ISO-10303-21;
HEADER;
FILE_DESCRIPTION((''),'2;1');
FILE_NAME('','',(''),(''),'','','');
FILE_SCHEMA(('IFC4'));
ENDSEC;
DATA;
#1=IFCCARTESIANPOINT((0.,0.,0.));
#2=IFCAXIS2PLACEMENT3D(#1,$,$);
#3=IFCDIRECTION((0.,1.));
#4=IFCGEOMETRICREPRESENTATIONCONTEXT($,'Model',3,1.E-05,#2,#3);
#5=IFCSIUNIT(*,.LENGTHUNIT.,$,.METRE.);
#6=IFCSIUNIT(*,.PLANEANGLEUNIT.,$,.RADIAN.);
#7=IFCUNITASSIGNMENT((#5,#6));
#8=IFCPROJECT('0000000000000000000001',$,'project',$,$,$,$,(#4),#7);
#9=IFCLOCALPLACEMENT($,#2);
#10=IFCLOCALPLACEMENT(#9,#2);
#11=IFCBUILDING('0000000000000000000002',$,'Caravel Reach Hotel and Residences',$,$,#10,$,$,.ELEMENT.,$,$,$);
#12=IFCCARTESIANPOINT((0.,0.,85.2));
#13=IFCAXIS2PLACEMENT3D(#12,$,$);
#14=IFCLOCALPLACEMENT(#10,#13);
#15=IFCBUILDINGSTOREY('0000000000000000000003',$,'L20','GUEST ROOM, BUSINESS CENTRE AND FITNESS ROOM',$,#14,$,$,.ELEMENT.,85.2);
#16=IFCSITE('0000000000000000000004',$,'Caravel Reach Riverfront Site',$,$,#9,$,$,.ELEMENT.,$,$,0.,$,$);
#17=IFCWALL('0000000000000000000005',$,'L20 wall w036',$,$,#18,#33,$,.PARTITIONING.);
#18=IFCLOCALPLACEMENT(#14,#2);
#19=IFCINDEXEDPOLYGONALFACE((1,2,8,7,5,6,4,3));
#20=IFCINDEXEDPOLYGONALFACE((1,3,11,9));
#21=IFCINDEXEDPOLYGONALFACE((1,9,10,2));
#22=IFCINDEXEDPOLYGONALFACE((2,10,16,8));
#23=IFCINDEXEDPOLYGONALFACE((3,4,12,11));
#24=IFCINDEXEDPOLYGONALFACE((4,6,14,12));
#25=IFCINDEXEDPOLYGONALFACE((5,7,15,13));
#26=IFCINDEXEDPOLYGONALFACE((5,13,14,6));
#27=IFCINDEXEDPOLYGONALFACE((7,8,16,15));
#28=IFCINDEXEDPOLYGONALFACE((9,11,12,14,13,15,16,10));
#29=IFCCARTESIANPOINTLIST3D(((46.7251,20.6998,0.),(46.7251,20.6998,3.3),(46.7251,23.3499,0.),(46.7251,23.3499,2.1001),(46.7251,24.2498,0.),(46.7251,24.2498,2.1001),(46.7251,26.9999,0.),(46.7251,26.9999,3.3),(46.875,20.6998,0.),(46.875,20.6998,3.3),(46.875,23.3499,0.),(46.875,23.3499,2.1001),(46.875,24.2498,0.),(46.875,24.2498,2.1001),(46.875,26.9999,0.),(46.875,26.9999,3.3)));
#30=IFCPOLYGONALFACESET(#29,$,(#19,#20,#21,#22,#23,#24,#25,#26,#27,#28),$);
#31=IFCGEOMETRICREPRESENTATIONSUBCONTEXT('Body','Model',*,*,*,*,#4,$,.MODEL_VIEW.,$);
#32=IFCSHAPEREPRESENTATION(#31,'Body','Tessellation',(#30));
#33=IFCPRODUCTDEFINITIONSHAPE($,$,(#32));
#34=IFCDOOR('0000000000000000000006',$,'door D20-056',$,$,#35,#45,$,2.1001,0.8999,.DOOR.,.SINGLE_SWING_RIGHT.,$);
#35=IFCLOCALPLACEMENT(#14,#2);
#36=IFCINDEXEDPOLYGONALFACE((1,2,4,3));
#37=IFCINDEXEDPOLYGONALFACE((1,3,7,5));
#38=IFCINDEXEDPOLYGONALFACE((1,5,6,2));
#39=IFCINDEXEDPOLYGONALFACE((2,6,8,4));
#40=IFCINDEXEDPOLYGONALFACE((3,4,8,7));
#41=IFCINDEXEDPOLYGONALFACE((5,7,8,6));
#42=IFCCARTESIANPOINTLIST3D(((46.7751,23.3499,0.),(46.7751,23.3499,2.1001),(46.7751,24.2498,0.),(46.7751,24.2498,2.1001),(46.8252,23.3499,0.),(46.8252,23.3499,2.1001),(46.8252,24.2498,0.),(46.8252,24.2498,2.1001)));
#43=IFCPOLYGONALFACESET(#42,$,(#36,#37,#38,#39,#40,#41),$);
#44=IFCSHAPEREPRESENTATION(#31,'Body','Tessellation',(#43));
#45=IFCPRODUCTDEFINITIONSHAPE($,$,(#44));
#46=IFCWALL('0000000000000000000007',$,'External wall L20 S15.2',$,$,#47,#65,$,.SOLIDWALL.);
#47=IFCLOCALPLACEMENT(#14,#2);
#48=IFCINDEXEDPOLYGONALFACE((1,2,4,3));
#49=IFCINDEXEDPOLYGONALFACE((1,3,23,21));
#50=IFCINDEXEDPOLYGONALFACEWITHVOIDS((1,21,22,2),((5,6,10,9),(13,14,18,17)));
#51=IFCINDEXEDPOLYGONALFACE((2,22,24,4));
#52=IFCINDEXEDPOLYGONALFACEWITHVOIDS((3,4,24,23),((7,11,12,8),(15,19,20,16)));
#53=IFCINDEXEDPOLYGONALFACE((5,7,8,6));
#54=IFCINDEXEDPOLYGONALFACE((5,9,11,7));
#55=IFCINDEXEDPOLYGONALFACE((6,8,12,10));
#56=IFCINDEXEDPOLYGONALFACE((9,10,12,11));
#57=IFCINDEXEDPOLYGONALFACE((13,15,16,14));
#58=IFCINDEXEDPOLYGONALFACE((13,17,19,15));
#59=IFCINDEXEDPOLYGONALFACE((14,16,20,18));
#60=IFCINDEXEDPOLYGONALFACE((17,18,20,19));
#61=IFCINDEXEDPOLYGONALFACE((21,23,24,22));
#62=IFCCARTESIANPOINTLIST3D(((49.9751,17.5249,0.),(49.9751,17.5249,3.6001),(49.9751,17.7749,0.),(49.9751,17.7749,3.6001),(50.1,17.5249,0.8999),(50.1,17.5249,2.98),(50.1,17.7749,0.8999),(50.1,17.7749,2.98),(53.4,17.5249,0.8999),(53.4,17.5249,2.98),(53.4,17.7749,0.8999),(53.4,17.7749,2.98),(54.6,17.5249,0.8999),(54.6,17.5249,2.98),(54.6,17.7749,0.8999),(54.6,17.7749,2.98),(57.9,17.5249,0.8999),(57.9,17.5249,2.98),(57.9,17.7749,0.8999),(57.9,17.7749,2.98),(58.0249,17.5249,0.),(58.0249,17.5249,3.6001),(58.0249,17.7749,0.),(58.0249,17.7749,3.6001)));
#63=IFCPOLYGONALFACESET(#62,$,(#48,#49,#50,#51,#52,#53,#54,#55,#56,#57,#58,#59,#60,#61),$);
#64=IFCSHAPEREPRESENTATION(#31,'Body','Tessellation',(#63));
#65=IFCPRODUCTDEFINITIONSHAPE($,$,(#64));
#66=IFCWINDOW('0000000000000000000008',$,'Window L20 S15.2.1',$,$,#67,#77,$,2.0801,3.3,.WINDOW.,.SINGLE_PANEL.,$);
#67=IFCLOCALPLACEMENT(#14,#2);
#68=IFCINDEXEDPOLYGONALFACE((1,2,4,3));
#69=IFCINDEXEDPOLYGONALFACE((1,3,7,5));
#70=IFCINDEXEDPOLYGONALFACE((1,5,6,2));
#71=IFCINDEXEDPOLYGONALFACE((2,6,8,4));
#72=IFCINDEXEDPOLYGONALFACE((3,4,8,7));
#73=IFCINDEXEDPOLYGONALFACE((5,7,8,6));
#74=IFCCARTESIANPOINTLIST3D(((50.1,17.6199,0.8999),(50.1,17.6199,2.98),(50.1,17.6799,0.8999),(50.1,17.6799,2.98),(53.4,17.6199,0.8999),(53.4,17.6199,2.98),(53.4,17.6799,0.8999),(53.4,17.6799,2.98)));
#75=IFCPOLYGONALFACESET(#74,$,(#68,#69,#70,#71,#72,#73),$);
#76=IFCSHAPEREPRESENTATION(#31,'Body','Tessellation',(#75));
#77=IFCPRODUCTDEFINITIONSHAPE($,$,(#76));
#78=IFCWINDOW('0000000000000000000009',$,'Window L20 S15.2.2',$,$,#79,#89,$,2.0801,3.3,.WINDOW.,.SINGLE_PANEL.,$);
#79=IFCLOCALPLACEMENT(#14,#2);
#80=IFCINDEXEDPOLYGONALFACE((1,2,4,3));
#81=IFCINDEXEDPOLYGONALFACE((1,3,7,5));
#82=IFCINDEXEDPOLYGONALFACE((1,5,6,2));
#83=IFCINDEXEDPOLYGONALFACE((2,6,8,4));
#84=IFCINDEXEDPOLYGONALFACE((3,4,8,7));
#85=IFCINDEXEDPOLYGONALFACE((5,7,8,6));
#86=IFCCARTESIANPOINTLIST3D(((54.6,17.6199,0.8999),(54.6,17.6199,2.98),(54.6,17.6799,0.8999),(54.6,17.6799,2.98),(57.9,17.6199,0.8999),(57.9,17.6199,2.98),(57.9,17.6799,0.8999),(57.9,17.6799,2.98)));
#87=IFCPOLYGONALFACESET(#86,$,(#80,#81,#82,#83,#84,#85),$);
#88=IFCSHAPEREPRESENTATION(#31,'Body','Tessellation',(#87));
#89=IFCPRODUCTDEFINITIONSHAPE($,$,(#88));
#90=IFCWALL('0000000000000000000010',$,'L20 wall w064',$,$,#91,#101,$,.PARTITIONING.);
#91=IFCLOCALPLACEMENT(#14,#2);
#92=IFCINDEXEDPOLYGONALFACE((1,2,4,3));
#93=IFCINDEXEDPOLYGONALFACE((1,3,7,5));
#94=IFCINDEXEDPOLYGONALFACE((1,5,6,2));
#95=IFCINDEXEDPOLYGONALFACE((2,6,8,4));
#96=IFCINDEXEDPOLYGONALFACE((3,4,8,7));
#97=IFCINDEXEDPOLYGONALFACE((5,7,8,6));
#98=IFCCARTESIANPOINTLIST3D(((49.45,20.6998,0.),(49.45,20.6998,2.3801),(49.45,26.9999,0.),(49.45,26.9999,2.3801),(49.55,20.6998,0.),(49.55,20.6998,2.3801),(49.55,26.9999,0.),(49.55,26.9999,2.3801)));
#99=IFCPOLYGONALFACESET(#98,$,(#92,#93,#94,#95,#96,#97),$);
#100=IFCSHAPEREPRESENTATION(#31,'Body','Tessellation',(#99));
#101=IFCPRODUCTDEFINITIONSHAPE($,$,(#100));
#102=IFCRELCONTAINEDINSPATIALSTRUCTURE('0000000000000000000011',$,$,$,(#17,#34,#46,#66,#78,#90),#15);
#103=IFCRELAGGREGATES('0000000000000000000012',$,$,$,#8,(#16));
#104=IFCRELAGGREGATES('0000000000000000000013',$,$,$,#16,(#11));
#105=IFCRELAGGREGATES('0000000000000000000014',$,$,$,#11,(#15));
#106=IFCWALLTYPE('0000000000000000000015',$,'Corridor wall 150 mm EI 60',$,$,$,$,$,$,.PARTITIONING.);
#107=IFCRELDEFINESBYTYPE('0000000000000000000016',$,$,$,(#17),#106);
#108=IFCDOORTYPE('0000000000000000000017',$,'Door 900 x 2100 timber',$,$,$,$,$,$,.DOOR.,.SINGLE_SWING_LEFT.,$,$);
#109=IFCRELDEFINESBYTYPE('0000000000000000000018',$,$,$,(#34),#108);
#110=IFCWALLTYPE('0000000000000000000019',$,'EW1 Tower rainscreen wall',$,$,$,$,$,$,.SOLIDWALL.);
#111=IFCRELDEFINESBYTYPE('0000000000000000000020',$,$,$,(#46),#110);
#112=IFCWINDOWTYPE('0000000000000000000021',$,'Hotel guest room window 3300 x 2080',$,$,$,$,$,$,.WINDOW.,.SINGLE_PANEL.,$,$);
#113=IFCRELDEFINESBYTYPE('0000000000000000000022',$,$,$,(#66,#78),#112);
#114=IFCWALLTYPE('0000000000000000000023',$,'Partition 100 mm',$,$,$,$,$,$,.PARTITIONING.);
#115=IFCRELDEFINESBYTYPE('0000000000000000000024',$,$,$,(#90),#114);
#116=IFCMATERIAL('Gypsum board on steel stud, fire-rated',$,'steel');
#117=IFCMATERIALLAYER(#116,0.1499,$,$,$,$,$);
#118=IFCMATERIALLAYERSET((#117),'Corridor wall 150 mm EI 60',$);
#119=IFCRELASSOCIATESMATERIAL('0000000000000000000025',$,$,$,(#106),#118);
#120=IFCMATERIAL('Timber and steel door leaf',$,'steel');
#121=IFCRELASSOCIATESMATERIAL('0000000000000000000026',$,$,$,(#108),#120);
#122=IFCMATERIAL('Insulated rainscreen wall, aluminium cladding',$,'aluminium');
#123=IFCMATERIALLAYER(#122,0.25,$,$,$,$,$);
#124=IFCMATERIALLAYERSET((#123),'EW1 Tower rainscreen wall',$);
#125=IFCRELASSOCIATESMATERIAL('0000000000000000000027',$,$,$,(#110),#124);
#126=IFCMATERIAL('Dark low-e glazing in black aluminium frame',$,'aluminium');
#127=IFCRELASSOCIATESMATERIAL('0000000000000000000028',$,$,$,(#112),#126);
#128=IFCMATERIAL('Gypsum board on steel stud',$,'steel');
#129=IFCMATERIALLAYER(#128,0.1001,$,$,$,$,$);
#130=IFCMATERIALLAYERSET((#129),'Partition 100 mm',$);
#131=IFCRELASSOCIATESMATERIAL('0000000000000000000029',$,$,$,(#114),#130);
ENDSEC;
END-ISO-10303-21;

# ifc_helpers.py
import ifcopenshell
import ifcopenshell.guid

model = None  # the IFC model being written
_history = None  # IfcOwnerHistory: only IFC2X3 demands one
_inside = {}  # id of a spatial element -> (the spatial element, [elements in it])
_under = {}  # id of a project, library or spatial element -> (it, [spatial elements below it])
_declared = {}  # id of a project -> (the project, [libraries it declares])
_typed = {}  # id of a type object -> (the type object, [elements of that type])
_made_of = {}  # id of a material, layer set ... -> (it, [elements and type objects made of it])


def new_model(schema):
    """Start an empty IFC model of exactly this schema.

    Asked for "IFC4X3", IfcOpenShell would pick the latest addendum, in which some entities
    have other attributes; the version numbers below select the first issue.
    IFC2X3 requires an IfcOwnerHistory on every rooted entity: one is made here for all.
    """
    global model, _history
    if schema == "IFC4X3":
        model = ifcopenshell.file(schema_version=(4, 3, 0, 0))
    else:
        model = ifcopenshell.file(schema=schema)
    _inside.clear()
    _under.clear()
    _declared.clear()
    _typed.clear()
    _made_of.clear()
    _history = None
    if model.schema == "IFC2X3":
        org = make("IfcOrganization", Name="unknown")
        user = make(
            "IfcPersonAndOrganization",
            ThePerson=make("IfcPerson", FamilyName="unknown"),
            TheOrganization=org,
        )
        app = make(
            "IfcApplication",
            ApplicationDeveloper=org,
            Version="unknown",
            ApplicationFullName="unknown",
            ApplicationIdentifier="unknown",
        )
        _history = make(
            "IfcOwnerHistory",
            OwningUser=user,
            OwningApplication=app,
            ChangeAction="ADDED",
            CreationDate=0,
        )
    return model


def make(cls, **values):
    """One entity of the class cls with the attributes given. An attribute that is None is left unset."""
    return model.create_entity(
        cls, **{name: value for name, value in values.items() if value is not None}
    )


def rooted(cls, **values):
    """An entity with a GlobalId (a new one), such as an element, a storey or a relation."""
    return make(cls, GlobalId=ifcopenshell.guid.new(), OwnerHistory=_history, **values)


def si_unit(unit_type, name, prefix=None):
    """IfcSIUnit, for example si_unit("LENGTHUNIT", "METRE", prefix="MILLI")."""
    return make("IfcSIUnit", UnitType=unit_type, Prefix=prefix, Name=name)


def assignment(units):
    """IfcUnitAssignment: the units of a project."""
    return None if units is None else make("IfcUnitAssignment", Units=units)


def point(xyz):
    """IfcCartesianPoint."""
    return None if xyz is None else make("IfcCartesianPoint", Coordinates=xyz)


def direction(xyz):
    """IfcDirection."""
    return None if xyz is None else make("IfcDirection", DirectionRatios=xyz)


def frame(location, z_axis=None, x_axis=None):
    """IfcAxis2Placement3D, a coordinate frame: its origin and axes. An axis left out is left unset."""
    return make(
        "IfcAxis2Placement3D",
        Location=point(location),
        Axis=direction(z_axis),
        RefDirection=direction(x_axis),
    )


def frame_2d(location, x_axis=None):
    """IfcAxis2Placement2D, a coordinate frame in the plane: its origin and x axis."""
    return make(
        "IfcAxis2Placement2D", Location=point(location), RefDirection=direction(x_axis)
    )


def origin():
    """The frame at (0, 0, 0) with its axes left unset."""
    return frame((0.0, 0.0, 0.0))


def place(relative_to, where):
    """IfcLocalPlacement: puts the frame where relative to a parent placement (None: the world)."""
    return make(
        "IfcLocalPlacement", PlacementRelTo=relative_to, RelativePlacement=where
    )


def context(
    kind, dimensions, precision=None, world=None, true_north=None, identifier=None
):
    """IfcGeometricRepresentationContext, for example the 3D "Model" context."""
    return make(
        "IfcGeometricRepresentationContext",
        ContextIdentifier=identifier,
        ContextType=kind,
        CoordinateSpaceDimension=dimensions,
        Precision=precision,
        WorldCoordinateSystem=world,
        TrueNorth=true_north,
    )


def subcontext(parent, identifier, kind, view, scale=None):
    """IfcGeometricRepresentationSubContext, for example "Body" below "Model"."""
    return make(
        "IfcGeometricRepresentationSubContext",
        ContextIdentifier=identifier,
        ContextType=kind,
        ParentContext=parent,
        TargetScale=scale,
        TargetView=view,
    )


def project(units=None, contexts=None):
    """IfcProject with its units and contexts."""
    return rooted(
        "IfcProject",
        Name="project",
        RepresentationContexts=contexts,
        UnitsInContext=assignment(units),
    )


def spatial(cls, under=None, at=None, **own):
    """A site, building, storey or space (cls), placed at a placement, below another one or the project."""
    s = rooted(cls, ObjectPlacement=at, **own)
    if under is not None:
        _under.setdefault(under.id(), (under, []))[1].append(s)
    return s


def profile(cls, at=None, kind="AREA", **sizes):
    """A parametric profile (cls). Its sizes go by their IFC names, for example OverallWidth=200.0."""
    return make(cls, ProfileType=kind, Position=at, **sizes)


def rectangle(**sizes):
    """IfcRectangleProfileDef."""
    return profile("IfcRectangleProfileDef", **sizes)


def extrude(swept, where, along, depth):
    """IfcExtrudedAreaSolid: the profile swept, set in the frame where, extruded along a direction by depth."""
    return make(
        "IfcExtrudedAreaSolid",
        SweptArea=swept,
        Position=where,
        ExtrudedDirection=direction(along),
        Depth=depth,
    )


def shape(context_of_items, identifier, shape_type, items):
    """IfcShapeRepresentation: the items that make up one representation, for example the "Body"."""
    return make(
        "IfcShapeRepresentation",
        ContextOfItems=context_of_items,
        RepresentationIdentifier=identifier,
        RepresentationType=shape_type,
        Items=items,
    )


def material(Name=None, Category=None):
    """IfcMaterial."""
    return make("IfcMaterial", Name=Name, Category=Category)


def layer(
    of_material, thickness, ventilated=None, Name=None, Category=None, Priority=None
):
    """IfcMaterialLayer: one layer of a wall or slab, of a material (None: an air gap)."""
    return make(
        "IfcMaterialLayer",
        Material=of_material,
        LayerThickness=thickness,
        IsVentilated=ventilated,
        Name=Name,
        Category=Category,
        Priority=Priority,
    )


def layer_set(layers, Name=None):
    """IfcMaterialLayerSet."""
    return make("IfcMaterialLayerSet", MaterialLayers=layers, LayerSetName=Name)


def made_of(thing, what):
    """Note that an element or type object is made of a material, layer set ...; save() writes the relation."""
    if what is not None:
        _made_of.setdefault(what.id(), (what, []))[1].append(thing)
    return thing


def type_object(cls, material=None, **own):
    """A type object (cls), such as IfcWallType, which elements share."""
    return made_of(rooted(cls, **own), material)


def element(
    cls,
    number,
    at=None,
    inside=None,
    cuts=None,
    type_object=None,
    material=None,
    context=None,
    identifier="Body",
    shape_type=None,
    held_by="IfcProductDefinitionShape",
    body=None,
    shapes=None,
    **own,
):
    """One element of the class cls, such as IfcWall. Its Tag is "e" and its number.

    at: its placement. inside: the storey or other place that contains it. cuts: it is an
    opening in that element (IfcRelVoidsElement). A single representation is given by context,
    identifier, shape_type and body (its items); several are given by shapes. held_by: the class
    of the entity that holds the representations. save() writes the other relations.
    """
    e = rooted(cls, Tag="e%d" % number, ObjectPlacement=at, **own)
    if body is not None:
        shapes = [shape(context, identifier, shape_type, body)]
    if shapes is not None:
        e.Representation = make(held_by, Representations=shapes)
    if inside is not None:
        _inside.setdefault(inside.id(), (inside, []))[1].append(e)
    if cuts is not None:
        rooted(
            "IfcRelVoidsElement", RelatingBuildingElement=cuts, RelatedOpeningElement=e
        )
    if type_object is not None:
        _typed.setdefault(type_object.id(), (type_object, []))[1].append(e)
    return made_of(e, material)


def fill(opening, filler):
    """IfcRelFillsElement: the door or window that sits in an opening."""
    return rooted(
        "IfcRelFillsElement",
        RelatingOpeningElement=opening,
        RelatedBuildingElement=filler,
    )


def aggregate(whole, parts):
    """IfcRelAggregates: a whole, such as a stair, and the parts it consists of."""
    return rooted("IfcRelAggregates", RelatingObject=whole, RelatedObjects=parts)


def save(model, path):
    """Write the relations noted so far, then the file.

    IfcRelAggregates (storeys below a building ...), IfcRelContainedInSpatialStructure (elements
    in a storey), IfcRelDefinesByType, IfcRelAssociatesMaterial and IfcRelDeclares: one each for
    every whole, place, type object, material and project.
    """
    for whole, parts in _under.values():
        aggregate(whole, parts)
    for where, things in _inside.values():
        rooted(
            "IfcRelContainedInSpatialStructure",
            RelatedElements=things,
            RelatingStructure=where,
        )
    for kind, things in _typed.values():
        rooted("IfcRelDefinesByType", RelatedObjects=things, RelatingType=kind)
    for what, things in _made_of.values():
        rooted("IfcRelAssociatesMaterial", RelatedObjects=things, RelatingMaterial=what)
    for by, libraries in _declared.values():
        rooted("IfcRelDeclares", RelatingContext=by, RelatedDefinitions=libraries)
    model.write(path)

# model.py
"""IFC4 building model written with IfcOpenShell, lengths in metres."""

from ifc_helpers import new_model, si_unit, direction, frame, frame_2d, origin, place, context, subcontext, project, spatial, rectangle, extrude, material, layer, layer_set, type_object, element, fill, save


model = new_model("IFC4")

# Units and contexts
model_context = context("Model", 3, precision=1e-05, world=origin(), true_north=direction((0.0, 1.0)))
body_context = subcontext(model_context, "Body", "Model", "MODEL_VIEW")
ifc_project = project(units=[si_unit("LENGTHUNIT", "METRE"), si_unit("PLANEANGLEUNIT", "RADIAN")], contexts=[model_context])

# Site, building, storey
site_placement = place(None, origin())
site = spatial("IfcSite", under=ifc_project, at=site_placement, Name="Caravel Reach Riverfront Site", CompositionType="ELEMENT", RefElevation=0.0)
building_placement = place(site_placement, origin())
building = spatial("IfcBuilding", under=site, at=building_placement, Name="Caravel Reach Hotel and Residences", CompositionType="ELEMENT")
storey_placement = place(building_placement, frame((0.0, 0.0, 85.2)))
storey = spatial("IfcBuildingStorey", under=building, at=storey_placement, Name="L20", Description="GUEST ROOM, BUSINESS CENTRE AND FITNESS ROOM", CompositionType="ELEMENT", Elevation=85.2)

# Wall, opening, door
ifc_material_1 = material(Name="Gypsum board on steel stud, fire-rated", Category="steel")
ifc_layer_1 = layer(ifc_material_1, 0.1499)
ifc_layer_set_1 = layer_set([ifc_layer_1], Name="Corridor wall 150 mm EI 60")
wall_type_1 = type_object("IfcWallType", Name="Corridor wall 150 mm EI 60", PredefinedType="PARTITIONING", material=ifc_layer_set_1)
wall_1_placement = place(storey_placement, frame((46.8, 20.7, 0.0), z_axis=(0.0, 0.0, 1.0), x_axis=(0.0, 1.0, 0.0)))
wall_1 = element("IfcWall", 1, at=wall_1_placement, inside=storey, type_object=wall_type_1, Name="L20 wall w036", PredefinedType="PARTITIONING", context=body_context, shape_type="SweptSolid", body=[
    extrude(rectangle(XDim=6.3, YDim=0.1499, at=frame_2d((3.1499, 0.0))), origin(), (0.0, 0.0, 1.0), 3.3),
])
opening_1_placement = place(wall_1_placement, frame((2.6499, 0.0, 0.0)))
opening_1 = element("IfcOpeningElement", 2, at=opening_1_placement, cuts=wall_1, PredefinedType="OPENING", context=body_context, shape_type="SweptSolid", body=[
    extrude(rectangle(XDim=0.8999, YDim=2.1001, at=frame_2d((0.45, 1.05))), frame((0.0, 0.085, 0.0), z_axis=(0.0, -1.0, 0.0), x_axis=(1.0, 0.0, 0.0)), (0.0, 0.0, 1.0), 0.1699),
])
ifc_material_2 = material(Name="Timber and steel door leaf", Category="steel")
door_type_1 = type_object("IfcDoorType", Name="Door 900 x 2100 timber", OperationType="SINGLE_SWING_LEFT", PredefinedType="DOOR", material=ifc_material_2)
door_1_placement = place(opening_1_placement, origin())
door_1 = element("IfcDoor", 3, at=door_1_placement, inside=storey, type_object=door_type_1, Name="door D20-056", OperationType="SINGLE_SWING_RIGHT", OverallHeight=2.1001, OverallWidth=0.8999, PredefinedType="DOOR", context=body_context, shape_type="SweptSolid", body=[
    extrude(rectangle(XDim=0.8999, YDim=2.1001, at=frame_2d((0.45, 1.05))), frame((0.0, 0.0249, 0.0), z_axis=(0.0, -1.0, 0.0), x_axis=(1.0, 0.0, 0.0)), (0.0, 0.0, 1.0), 0.05),
])
fill(opening_1, door_1)

# Wall, openings, windows
ifc_material_3 = material(Name="Insulated rainscreen wall, aluminium cladding", Category="aluminium")
ifc_layer_2 = layer(ifc_material_3, 0.25)
ifc_layer_set_2 = layer_set([ifc_layer_2], Name="EW1 Tower rainscreen wall")
wall_type_2 = type_object("IfcWallType", Name="EW1 Tower rainscreen wall", PredefinedType="SOLIDWALL", material=ifc_layer_set_2)
wall_2_placement = place(storey_placement, frame((49.9751, 17.6499, 0.0), z_axis=(0.0, 0.0, 1.0), x_axis=(1.0, 0.0, 0.0)))
wall_2 = element("IfcWall", 4, at=wall_2_placement, inside=storey, type_object=wall_type_2, Name="External wall L20 S15.2", PredefinedType="SOLIDWALL", context=body_context, shape_type="SweptSolid", body=[
    extrude(rectangle(XDim=8.0498, YDim=0.25, at=frame_2d((4.0249, 0.0))), origin(), (0.0, 0.0, 1.0), 3.6001),
])
opening_2_placement = place(wall_2_placement, frame((0.125, 0.0, 0.8999)))
opening_2 = element("IfcOpeningElement", 5, at=opening_2_placement, cuts=wall_2, PredefinedType="OPENING", context=body_context, shape_type="SweptSolid", body=[
    extrude(rectangle(XDim=3.3, YDim=2.0801, at=frame_2d((1.6499, 1.04))), frame((0.0, 0.135, 0.0), z_axis=(0.0, -1.0, 0.0), x_axis=(1.0, 0.0, 0.0)), (0.0, 0.0, 1.0), 0.27),
])
opening_3_placement = place(wall_2_placement, frame((4.625, 0.0, 0.8999)))
opening_3 = element("IfcOpeningElement", 6, at=opening_3_placement, cuts=wall_2, PredefinedType="OPENING", context=body_context, shape_type="SweptSolid", body=[
    extrude(rectangle(XDim=3.3, YDim=2.0801, at=frame_2d((1.6499, 1.04))), frame((0.0, 0.135, 0.0), z_axis=(0.0, -1.0, 0.0), x_axis=(1.0, 0.0, 0.0)), (0.0, 0.0, 1.0), 0.27),
])
ifc_material_4 = material(Name="Dark low-e glazing in black aluminium frame", Category="aluminium")
window_type = type_object("IfcWindowType", Name="Hotel guest room window 3300 x 2080", PartitioningType="SINGLE_PANEL", PredefinedType="WINDOW", material=ifc_material_4)
window_1_placement = place(opening_2_placement, origin())
window_1 = element("IfcWindow", 7, at=window_1_placement, inside=storey, type_object=window_type, Name="Window L20 S15.2.1", OverallHeight=2.0801, OverallWidth=3.3, PartitioningType="SINGLE_PANEL", PredefinedType="WINDOW", context=body_context, shape_type="SweptSolid", body=[
    extrude(rectangle(XDim=3.3, YDim=2.0801, at=frame_2d((1.6499, 1.04))), frame((0.0, 0.03, 0.0), z_axis=(0.0, -1.0, 0.0), x_axis=(1.0, 0.0, 0.0)), (0.0, 0.0, 1.0), 0.0601),
])
fill(opening_2, window_1)
window_2_placement = place(opening_3_placement, origin())
window_2 = element("IfcWindow", 8, at=window_2_placement, inside=storey, type_object=window_type, Name="Window L20 S15.2.2", OverallHeight=2.0801, OverallWidth=3.3, PartitioningType="SINGLE_PANEL", PredefinedType="WINDOW", context=body_context, shape_type="SweptSolid", body=[
    extrude(rectangle(XDim=3.3, YDim=2.0801, at=frame_2d((1.6499, 1.04))), frame((0.0, 0.03, 0.0), z_axis=(0.0, -1.0, 0.0), x_axis=(1.0, 0.0, 0.0)), (0.0, 0.0, 1.0), 0.0601),
])
fill(opening_3, window_2)

# Wall
ifc_material_5 = material(Name="Gypsum board on steel stud", Category="steel")
ifc_layer_3 = layer(ifc_material_5, 0.1001)
ifc_layer_set_3 = layer_set([ifc_layer_3], Name="Partition 100 mm")
wall_type_3 = type_object("IfcWallType", Name="Partition 100 mm", PredefinedType="PARTITIONING", material=ifc_layer_set_3)
wall_3_placement = place(storey_placement, frame((49.5, 20.7, 0.0), z_axis=(0.0, 0.0, 1.0), x_axis=(0.0, 1.0, 0.0)))
element("IfcWall", 9, at=wall_3_placement, inside=storey, type_object=wall_type_3, Name="L20 wall w064", PredefinedType="PARTITIONING", context=body_context, shape_type="SweptSolid", body=[
    extrude(rectangle(XDim=6.3, YDim=0.1001, at=frame_2d((3.1499, 0.0))), origin(), (0.0, 0.0, 1.0), 2.3801),
])

save(model, "model.ifc")
